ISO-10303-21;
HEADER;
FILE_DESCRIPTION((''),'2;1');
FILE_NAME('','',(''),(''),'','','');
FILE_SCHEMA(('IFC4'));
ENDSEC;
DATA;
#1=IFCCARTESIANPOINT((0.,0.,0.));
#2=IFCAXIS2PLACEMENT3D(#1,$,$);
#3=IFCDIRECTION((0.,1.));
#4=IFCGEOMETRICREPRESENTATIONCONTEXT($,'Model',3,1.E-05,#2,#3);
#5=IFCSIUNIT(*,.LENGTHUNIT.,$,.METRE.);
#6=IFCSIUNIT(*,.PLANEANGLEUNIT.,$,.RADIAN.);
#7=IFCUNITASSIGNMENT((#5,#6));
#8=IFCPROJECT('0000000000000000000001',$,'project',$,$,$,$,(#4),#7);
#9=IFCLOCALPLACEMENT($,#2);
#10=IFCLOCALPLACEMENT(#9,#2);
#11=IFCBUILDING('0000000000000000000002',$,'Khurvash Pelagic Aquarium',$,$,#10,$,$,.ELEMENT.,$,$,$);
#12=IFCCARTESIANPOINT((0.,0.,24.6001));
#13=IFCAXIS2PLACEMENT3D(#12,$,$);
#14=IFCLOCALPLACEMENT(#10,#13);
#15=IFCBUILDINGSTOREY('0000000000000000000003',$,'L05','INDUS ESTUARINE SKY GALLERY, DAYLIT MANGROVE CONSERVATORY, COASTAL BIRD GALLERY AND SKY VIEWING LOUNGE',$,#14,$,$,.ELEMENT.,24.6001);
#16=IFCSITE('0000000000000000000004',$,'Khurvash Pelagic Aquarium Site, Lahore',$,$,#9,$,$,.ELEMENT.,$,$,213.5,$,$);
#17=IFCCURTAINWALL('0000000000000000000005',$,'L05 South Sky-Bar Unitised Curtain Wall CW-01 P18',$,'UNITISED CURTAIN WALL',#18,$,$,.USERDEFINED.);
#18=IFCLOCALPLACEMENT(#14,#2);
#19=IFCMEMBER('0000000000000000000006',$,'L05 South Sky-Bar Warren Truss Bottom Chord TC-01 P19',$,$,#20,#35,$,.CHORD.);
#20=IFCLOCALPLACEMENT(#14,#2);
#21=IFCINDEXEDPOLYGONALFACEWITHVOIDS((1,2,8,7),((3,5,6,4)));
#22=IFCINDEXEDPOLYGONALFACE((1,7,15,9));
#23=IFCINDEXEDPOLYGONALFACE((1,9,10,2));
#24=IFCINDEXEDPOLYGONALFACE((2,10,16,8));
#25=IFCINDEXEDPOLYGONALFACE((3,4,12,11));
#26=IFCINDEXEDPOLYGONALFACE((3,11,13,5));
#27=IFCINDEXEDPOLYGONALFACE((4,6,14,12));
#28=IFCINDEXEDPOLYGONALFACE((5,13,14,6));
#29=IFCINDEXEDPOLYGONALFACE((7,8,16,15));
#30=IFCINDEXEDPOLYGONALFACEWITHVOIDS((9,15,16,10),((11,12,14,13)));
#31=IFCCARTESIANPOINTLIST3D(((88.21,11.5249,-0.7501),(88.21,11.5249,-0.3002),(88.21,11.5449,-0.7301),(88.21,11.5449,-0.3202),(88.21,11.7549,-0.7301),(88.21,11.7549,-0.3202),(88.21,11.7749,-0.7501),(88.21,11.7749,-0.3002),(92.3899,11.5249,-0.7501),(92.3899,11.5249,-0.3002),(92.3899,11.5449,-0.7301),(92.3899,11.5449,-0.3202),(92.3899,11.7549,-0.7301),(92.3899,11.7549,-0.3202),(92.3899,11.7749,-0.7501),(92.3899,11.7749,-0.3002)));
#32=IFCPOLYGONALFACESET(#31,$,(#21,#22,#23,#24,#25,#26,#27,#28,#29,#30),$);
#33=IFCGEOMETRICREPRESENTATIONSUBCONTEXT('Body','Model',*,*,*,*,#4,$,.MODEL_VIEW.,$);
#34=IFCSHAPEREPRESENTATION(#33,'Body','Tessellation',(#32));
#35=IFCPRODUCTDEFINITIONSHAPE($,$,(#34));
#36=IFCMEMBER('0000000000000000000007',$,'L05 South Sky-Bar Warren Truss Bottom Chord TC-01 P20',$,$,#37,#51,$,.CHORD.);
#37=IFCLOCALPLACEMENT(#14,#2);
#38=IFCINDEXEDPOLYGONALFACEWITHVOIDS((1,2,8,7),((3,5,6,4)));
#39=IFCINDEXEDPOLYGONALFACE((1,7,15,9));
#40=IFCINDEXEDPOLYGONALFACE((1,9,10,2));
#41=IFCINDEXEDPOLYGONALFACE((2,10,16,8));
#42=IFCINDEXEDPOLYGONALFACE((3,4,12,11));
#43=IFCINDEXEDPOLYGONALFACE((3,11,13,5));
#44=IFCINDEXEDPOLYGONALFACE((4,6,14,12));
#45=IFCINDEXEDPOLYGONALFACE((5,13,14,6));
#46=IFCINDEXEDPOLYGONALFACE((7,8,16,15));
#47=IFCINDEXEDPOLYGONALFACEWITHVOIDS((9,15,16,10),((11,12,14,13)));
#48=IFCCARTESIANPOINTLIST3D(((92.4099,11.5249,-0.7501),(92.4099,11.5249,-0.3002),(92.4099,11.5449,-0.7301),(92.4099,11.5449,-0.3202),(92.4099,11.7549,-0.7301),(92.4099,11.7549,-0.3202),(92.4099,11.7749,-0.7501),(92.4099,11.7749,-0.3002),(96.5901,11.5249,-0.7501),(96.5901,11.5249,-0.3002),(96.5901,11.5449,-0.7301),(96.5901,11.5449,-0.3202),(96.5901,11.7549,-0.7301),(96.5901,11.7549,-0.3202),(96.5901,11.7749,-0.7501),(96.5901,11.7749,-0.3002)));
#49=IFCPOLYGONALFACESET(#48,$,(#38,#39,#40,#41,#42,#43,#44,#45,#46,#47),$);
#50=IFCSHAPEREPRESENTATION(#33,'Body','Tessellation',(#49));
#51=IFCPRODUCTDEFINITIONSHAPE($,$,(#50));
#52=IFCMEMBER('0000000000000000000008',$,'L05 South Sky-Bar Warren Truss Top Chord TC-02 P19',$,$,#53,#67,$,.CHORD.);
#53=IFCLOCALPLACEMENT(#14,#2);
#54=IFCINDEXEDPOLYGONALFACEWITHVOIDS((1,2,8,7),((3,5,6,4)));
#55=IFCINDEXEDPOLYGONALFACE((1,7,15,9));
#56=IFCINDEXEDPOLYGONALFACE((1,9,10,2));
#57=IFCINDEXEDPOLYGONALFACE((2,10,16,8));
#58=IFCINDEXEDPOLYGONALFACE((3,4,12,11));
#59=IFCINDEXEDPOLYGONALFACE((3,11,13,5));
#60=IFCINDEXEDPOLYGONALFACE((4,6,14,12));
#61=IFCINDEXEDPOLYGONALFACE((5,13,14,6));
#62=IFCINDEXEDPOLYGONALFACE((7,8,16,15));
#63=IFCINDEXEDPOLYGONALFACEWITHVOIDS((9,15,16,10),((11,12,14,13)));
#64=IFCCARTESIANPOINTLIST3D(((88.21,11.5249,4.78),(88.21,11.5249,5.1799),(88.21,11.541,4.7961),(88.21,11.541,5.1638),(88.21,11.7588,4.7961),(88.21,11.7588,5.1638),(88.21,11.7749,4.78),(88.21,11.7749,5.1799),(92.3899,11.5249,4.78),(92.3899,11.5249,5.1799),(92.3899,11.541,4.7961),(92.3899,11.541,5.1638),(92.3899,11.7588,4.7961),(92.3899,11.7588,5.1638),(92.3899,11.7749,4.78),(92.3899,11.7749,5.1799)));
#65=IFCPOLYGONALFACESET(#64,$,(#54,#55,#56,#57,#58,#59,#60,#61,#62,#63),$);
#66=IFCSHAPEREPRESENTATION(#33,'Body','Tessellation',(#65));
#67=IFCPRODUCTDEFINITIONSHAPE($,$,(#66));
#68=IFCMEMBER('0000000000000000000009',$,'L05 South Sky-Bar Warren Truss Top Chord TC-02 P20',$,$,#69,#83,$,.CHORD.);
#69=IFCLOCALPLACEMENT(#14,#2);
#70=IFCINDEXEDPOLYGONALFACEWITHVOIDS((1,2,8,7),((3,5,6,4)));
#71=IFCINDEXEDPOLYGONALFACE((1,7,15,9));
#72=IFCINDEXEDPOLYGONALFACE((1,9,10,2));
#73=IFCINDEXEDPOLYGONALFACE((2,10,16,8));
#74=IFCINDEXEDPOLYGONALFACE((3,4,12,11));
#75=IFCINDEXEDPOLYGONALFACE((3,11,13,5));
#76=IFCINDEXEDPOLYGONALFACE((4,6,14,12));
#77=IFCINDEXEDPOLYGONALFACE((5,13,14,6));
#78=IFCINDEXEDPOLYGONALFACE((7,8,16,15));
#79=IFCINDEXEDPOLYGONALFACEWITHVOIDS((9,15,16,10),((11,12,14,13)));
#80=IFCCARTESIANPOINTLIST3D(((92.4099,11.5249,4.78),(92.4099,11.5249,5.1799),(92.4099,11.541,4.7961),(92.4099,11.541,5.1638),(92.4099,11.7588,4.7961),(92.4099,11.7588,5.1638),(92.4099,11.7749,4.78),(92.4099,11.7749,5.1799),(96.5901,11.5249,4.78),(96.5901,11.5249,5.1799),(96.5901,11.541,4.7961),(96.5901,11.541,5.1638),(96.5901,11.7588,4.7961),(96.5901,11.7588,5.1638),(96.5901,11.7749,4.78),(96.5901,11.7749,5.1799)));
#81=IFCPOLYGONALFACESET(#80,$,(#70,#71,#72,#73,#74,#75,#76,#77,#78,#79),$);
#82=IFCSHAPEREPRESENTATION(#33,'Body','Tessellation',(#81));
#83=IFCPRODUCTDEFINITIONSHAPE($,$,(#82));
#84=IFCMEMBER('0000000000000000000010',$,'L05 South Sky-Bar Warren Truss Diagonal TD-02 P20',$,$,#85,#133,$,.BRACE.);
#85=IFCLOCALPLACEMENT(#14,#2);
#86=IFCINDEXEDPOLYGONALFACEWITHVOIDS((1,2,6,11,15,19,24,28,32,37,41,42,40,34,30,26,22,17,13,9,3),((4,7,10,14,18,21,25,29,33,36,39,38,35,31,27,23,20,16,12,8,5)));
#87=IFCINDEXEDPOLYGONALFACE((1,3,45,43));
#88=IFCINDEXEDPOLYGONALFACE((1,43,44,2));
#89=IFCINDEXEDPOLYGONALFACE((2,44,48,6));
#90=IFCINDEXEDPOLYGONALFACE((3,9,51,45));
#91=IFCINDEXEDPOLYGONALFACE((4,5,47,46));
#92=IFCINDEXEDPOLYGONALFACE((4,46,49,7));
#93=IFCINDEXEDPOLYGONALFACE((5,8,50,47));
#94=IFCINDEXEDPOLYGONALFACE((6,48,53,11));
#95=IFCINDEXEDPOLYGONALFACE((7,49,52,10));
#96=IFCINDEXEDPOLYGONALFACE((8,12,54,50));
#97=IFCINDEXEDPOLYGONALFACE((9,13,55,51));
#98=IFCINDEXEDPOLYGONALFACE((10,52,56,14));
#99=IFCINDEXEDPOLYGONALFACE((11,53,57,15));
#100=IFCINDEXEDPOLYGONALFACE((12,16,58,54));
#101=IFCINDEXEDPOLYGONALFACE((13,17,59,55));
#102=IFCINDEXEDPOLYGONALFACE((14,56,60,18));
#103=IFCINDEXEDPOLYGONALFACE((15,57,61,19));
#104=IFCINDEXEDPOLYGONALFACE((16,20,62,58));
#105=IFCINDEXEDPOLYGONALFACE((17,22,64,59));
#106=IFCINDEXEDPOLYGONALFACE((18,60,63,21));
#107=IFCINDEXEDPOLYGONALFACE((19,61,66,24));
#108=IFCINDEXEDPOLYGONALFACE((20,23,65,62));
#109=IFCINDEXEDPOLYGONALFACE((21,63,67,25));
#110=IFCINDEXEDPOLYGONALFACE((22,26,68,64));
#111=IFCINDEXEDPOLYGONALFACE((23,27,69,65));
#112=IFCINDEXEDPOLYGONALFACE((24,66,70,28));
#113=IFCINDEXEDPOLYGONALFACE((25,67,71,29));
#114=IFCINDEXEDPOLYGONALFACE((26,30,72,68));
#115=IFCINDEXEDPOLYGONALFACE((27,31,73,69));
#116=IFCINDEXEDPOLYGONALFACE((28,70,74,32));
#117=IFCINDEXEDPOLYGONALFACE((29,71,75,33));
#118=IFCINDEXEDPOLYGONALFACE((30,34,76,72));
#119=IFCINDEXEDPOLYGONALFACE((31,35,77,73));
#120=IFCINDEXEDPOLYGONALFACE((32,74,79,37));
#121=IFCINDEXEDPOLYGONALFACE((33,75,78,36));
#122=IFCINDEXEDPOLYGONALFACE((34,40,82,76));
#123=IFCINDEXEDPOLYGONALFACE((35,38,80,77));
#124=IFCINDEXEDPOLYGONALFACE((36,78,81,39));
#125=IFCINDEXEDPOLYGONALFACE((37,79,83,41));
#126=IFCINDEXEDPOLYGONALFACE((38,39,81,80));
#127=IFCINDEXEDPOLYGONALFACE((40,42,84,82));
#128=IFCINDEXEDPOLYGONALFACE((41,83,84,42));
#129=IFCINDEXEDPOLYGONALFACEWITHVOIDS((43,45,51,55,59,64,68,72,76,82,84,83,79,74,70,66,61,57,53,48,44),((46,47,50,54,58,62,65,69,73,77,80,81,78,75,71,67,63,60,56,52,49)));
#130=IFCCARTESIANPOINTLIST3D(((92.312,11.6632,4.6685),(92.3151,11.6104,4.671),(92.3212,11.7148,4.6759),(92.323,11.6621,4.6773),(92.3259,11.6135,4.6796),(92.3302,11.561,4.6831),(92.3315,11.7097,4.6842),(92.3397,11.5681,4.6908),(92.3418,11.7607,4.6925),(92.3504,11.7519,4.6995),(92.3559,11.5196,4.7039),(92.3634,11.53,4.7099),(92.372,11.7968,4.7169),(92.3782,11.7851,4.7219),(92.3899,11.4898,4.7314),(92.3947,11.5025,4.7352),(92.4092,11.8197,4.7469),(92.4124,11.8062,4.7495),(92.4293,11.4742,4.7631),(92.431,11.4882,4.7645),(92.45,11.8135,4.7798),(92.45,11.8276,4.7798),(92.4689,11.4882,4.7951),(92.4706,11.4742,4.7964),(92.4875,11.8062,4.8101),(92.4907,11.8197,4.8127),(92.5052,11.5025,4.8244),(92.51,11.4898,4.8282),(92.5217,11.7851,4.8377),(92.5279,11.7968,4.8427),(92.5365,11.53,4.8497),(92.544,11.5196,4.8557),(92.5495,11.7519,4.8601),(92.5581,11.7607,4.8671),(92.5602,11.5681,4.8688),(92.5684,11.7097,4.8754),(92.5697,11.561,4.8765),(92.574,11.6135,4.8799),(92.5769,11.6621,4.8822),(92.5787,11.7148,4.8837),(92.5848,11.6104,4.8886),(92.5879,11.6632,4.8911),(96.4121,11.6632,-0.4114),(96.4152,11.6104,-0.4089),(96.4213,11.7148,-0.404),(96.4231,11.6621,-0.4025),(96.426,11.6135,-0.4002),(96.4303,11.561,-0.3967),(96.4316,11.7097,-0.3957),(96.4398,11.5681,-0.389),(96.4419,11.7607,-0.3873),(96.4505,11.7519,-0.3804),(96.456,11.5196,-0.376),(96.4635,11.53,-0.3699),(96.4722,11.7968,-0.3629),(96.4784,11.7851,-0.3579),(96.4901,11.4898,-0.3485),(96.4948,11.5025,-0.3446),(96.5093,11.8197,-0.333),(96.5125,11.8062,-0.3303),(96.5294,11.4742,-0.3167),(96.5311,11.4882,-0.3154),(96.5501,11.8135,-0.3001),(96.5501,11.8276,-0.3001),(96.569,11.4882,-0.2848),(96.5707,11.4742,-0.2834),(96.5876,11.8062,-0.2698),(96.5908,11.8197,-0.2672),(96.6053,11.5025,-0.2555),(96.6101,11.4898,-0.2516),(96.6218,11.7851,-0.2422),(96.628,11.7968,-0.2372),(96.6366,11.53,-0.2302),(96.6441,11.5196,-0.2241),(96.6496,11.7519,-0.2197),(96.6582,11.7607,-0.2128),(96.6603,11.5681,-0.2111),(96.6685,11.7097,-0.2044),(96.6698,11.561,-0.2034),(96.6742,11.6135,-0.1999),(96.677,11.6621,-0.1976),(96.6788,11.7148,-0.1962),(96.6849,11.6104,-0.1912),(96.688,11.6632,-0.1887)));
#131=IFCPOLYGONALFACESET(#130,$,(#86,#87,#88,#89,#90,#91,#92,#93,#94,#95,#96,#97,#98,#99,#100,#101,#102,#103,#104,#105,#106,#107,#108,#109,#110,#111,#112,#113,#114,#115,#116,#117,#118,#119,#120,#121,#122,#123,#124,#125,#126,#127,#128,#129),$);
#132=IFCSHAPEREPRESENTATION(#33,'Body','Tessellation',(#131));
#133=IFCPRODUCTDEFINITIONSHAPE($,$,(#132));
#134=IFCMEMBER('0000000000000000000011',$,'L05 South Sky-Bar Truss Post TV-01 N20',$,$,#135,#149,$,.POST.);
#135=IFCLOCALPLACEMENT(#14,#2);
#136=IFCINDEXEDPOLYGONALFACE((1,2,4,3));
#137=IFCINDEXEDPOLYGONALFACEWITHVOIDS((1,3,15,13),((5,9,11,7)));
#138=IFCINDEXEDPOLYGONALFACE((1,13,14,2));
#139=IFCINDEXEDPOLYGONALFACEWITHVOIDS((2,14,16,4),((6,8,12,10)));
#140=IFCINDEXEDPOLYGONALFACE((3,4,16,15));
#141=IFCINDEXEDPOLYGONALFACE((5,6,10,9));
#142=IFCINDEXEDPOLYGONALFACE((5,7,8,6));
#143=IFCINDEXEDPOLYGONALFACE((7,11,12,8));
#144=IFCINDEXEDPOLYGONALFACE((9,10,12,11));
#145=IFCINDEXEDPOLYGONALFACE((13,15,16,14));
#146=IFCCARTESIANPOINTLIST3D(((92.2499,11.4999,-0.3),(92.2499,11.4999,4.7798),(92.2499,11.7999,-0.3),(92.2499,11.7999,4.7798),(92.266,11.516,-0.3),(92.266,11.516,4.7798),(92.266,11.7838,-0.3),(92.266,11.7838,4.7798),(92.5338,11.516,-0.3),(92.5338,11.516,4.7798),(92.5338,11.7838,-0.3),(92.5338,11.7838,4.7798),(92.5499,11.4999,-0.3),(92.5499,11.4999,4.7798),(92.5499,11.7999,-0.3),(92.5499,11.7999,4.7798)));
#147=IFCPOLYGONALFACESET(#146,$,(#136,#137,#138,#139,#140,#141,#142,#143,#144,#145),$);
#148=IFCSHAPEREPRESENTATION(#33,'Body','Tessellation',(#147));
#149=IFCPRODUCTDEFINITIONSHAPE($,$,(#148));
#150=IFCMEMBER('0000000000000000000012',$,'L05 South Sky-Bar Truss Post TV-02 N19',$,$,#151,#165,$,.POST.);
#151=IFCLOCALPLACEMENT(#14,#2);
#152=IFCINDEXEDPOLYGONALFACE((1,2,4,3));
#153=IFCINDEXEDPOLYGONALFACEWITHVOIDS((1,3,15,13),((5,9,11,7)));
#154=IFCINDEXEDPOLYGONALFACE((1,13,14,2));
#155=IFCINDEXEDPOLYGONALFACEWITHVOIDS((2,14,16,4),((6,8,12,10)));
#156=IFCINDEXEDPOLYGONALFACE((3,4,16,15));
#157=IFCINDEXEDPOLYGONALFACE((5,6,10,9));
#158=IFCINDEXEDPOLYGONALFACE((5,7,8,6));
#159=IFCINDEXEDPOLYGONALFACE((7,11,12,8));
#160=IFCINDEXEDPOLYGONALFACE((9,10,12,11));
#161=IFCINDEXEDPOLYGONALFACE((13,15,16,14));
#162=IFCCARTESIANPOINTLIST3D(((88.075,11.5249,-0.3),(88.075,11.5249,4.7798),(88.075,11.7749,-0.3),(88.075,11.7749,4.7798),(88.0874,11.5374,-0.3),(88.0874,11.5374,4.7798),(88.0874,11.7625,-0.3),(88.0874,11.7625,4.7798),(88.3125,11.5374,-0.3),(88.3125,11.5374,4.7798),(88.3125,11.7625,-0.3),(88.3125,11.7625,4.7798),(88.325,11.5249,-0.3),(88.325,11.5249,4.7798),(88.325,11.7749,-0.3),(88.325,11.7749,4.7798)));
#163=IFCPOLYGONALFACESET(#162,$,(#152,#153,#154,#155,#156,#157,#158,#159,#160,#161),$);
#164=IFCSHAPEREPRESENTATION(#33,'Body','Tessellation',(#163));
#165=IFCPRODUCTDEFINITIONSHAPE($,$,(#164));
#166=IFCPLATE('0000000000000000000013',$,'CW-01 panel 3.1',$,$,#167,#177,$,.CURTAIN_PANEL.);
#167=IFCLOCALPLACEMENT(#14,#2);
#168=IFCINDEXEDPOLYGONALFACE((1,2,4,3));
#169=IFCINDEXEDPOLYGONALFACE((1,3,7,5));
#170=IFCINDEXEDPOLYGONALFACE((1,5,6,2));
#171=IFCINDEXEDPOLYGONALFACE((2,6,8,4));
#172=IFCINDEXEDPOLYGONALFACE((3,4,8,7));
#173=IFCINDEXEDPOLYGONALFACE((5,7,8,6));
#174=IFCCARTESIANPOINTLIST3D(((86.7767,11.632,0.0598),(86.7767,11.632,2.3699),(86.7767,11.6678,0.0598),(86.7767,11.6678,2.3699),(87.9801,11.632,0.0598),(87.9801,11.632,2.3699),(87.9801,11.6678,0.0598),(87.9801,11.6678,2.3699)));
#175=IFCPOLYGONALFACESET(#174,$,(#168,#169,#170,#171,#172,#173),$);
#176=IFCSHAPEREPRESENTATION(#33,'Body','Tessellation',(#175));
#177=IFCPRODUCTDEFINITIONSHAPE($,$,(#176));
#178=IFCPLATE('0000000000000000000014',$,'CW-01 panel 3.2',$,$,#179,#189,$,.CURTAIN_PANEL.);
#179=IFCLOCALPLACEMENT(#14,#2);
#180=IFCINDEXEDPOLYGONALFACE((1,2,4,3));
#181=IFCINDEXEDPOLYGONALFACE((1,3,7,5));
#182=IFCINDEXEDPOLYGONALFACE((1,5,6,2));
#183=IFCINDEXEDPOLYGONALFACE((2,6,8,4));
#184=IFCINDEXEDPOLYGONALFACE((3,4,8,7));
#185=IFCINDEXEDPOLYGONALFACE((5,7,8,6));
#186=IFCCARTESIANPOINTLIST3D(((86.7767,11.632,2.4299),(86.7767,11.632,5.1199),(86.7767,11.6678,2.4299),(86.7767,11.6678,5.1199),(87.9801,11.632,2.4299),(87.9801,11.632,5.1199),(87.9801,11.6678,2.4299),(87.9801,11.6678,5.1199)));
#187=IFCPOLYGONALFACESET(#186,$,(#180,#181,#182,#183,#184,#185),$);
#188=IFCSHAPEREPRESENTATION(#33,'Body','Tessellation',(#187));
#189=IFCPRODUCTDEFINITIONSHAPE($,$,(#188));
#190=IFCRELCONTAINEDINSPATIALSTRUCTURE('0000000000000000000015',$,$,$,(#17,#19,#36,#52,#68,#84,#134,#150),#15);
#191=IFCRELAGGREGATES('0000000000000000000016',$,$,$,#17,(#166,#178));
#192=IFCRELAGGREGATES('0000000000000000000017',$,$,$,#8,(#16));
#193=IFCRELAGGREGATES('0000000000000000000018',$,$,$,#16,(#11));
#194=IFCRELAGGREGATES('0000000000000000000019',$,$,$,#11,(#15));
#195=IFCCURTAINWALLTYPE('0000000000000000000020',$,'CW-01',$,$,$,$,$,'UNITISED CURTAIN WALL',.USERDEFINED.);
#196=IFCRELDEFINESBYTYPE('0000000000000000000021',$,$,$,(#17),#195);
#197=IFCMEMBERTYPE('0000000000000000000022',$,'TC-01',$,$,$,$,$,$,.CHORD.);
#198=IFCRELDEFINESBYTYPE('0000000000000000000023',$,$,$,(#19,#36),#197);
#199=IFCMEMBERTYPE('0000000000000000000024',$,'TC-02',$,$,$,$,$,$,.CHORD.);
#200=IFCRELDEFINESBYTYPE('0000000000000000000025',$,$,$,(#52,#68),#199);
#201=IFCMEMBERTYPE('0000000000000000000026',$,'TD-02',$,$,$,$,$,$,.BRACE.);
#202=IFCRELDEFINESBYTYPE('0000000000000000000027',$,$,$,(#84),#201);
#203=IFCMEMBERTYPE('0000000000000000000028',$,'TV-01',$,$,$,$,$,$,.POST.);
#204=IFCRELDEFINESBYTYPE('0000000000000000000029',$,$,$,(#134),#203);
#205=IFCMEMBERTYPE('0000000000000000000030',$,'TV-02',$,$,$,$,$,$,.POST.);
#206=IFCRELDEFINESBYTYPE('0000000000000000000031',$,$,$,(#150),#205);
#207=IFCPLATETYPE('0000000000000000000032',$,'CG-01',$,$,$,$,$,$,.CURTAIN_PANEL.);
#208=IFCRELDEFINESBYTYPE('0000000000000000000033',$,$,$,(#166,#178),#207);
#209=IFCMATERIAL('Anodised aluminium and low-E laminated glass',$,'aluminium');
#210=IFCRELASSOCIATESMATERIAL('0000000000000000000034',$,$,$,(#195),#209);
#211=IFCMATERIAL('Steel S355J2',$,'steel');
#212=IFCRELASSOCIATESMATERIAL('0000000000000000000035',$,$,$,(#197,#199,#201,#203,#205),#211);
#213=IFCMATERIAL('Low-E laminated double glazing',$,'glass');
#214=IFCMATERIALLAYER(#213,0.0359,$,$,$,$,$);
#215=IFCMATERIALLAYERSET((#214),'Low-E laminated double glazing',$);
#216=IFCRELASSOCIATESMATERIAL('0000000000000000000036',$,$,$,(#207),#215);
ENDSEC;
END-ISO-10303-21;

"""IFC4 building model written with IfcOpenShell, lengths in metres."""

from ifc_helpers import new_model, si_unit, direction, frame, origin, origin_2d, place, context, subcontext, project, spatial, rectangle, hollow_rectangle, hollow_circle, extrude, material, layer, layer_set, material_profile, profile_set, type_object, element, aggregate, save


model = new_model("IFC4")

# Units and contexts
model_context = context("Model", 3, precision=1e-05, world=origin(), true_north=direction((0.0, 1.0)))
body_context = subcontext(model_context, "Body", "Model", "MODEL_VIEW")
ifc_project = project(units=[si_unit("LENGTHUNIT", "METRE"), si_unit("PLANEANGLEUNIT", "RADIAN")], contexts=[model_context])

# Site, building, storey
site_placement = place(None, origin())
site = spatial("IfcSite", under=ifc_project, at=site_placement, Name="Khurvash Pelagic Aquarium Site, Lahore", CompositionType="ELEMENT", RefElevation=213.5)
building_placement = place(site_placement, origin())
building = spatial("IfcBuilding", under=site, at=building_placement, Name="Khurvash Pelagic Aquarium", CompositionType="ELEMENT")
storey_placement = place(building_placement, frame((0.0, 0.0, 24.6001)))
storey = spatial("IfcBuildingStorey", under=building, at=storey_placement, Name="L05", Description="INDUS ESTUARINE SKY GALLERY, DAYLIT MANGROVE CONSERVATORY, COASTAL BIRD GALLERY AND SKY VIEWING LOUNGE", CompositionType="ELEMENT", Elevation=24.6001)

# Curtain wall
ifc_material_1 = material(Name="Anodised aluminium and low-E laminated glass", Category="aluminium")
curtain_wall_type = type_object("IfcCurtainWallType", Name="CW-01", ElementType="UNITISED CURTAIN WALL", PredefinedType="USERDEFINED", material=ifc_material_1)
curtain_wall_1_placement = place(storey_placement, origin())
curtain_wall_1 = element("IfcCurtainWall", 1, at=curtain_wall_1_placement, inside=storey, type_object=curtain_wall_type, Name="L05 South Sky-Bar Unitised Curtain Wall CW-01 P18", ObjectType="UNITISED CURTAIN WALL", PredefinedType="USERDEFINED")

# Members
ifc_material_2 = material(Name="Steel S355J2", Category="steel")
ifc_material_profile_1 = material_profile(ifc_material_2, hollow_rectangle(XDim=0.25, YDim=0.45, WallThickness=0.02, at=origin_2d()), Name="RHS450X250X20")
ifc_profile_set_1 = profile_set([ifc_material_profile_1], Name="Steel S355J2")
member_type_1 = type_object("IfcMemberType", Name="TC-01", PredefinedType="CHORD", material=ifc_profile_set_1)
member_1_placement = place(storey_placement, frame((88.21, 11.6499, -0.5251), z_axis=(1.0, 0.0, 0.0), x_axis=(0.0, 1.0, 0.0)))
element("IfcMember", 2, at=member_1_placement, inside=storey, type_object=member_type_1, Name="L05 South Sky-Bar Warren Truss Bottom Chord TC-01 P19", PredefinedType="CHORD", context=body_context, shape_type="SweptSolid", body=[
    extrude(hollow_rectangle(XDim=0.25, YDim=0.45, WallThickness=0.02, at=origin_2d()), origin(), (0.0, 0.0, 1.0), 4.1799),
])
member_2_placement = place(storey_placement, frame((92.4099, 11.6499, -0.5251), z_axis=(1.0, 0.0, 0.0), x_axis=(0.0, 1.0, 0.0)))
element("IfcMember", 3, at=member_2_placement, inside=storey, type_object=member_type_1, Name="L05 South Sky-Bar Warren Truss Bottom Chord TC-01 P20", PredefinedType="CHORD", context=body_context, shape_type="SweptSolid", body=[
    extrude(hollow_rectangle(XDim=0.25, YDim=0.45, WallThickness=0.02, at=origin_2d()), origin(), (0.0, 0.0, 1.0), 4.1802),
])
ifc_material_profile_2 = material_profile(ifc_material_2, hollow_rectangle(XDim=0.25, YDim=0.3999, WallThickness=0.0161, at=origin_2d()), Name="RHS400X250X16")
ifc_profile_set_2 = profile_set([ifc_material_profile_2], Name="Steel S355J2")
member_type_2 = type_object("IfcMemberType", Name="TC-02", PredefinedType="CHORD", material=ifc_profile_set_2)
member_3_placement = place(storey_placement, frame((88.21, 11.6499, 4.98), z_axis=(1.0, 0.0, 0.0), x_axis=(0.0, 1.0, 0.0)))
element("IfcMember", 4, at=member_3_placement, inside=storey, type_object=member_type_2, Name="L05 South Sky-Bar Warren Truss Top Chord TC-02 P19", PredefinedType="CHORD", context=body_context, shape_type="SweptSolid", body=[
    extrude(hollow_rectangle(XDim=0.25, YDim=0.3999, WallThickness=0.0161, at=origin_2d()), origin(), (0.0, 0.0, 1.0), 4.1799),
])
member_4_placement = place(storey_placement, frame((92.4099, 11.6499, 4.98), z_axis=(1.0, 0.0, 0.0), x_axis=(0.0, 1.0, 0.0)))
element("IfcMember", 5, at=member_4_placement, inside=storey, type_object=member_type_2, Name="L05 South Sky-Bar Warren Truss Top Chord TC-02 P20", PredefinedType="CHORD", context=body_context, shape_type="SweptSolid", body=[
    extrude(hollow_rectangle(XDim=0.25, YDim=0.3999, WallThickness=0.0161, at=origin_2d()), origin(), (0.0, 0.0, 1.0), 4.1802),
])
ifc_material_profile_3 = material_profile(ifc_material_2, hollow_circle(Radius=0.1777, WallThickness=0.0142, at=origin_2d()), Name="CHS355X14")
ifc_profile_set_3 = profile_set([ifc_material_profile_3], Name="Steel S355J2")
member_type_3 = type_object("IfcMemberType", Name="TD-02", PredefinedType="BRACE", material=ifc_profile_set_3)
member_5_placement = place(storey_placement, frame((92.45, 11.6499, 4.7798), z_axis=(0.628073, 0.0, -0.778154), x_axis=(0.0, 1.0, 0.0)))
element("IfcMember", 6, at=member_5_placement, inside=storey, type_object=member_type_3, Name="L05 South Sky-Bar Warren Truss Diagonal TD-02 P20", PredefinedType="BRACE", context=body_context, shape_type="SweptSolid", body=[
    extrude(hollow_circle(Radius=0.1777, WallThickness=0.0142, at=origin_2d()), origin(), (0.0, 0.0, 1.0), 6.5281),
])
ifc_material_profile_4 = material_profile(ifc_material_2, hollow_rectangle(XDim=0.3, YDim=0.3, WallThickness=0.0161, at=origin_2d()), Name="SHS300X300X16")
ifc_profile_set_4 = profile_set([ifc_material_profile_4], Name="Steel S355J2")
member_type_4 = type_object("IfcMemberType", Name="TV-01", PredefinedType="POST", material=ifc_profile_set_4)
member_6_placement = place(storey_placement, frame((92.3999, 11.6499, -0.3), z_axis=(0.0, 0.0, 1.0), x_axis=(1.0, 0.0, 0.0)))
element("IfcMember", 7, at=member_6_placement, inside=storey, type_object=member_type_4, Name="L05 South Sky-Bar Truss Post TV-01 N20", PredefinedType="POST", context=body_context, shape_type="SweptSolid", body=[
    extrude(hollow_rectangle(XDim=0.3, YDim=0.3, WallThickness=0.0161, at=origin_2d()), origin(), (0.0, 0.0, 1.0), 5.0798),
])
ifc_material_profile_5 = material_profile(ifc_material_2, hollow_rectangle(XDim=0.25, YDim=0.25, WallThickness=0.0125, at=origin_2d()), Name="SHS250X250X12")
ifc_profile_set_5 = profile_set([ifc_material_profile_5], Name="Steel S355J2")
member_type_5 = type_object("IfcMemberType", Name="TV-02", PredefinedType="POST", material=ifc_profile_set_5)
member_7_placement = place(storey_placement, frame((88.2, 11.6499, -0.3), z_axis=(0.0, 0.0, 1.0), x_axis=(1.0, 0.0, 0.0)))
element("IfcMember", 8, at=member_7_placement, inside=storey, type_object=member_type_5, Name="L05 South Sky-Bar Truss Post TV-02 N19", PredefinedType="POST", context=body_context, shape_type="SweptSolid", body=[
    extrude(hollow_rectangle(XDim=0.25, YDim=0.25, WallThickness=0.0125, at=origin_2d()), origin(), (0.0, 0.0, 1.0), 5.0798),
])

# Plates
ifc_material_3 = material(Name="Low-E laminated double glazing", Category="glass")
ifc_layer_1 = layer(ifc_material_3, 0.0359)
ifc_layer_set_1 = layer_set([ifc_layer_1], Name="Low-E laminated double glazing")
plate_type = type_object("IfcPlateType", Name="CG-01", PredefinedType="CURTAIN_PANEL", material=ifc_layer_set_1)
plate_1_placement = place(storey_placement, frame((87.3784, 11.6499, 0.0598), z_axis=(0.0, 0.0, 1.0), x_axis=(1.0, 0.0, 0.0)))
plate_1 = element("IfcPlate", 9, at=plate_1_placement, type_object=plate_type, Name="CW-01 panel 3.1", PredefinedType="CURTAIN_PANEL", context=body_context, shape_type="SweptSolid", body=[
    extrude(rectangle(XDim=1.2034, YDim=0.0359, at=origin_2d()), origin(), (0.0, 0.0, 1.0), 2.3101),
])
plate_2_placement = place(storey_placement, frame((87.3784, 11.6499, 2.4299), z_axis=(0.0, 0.0, 1.0), x_axis=(1.0, 0.0, 0.0)))
plate_2 = element("IfcPlate", 10, at=plate_2_placement, type_object=plate_type, Name="CW-01 panel 3.2", PredefinedType="CURTAIN_PANEL", context=body_context, shape_type="SweptSolid", body=[
    extrude(rectangle(XDim=1.2034, YDim=0.0359, at=origin_2d()), origin(), (0.0, 0.0, 1.0), 2.6899),
])
aggregate(curtain_wall_1, [plate_1, plate_2])

save(model, "model.ifc")
